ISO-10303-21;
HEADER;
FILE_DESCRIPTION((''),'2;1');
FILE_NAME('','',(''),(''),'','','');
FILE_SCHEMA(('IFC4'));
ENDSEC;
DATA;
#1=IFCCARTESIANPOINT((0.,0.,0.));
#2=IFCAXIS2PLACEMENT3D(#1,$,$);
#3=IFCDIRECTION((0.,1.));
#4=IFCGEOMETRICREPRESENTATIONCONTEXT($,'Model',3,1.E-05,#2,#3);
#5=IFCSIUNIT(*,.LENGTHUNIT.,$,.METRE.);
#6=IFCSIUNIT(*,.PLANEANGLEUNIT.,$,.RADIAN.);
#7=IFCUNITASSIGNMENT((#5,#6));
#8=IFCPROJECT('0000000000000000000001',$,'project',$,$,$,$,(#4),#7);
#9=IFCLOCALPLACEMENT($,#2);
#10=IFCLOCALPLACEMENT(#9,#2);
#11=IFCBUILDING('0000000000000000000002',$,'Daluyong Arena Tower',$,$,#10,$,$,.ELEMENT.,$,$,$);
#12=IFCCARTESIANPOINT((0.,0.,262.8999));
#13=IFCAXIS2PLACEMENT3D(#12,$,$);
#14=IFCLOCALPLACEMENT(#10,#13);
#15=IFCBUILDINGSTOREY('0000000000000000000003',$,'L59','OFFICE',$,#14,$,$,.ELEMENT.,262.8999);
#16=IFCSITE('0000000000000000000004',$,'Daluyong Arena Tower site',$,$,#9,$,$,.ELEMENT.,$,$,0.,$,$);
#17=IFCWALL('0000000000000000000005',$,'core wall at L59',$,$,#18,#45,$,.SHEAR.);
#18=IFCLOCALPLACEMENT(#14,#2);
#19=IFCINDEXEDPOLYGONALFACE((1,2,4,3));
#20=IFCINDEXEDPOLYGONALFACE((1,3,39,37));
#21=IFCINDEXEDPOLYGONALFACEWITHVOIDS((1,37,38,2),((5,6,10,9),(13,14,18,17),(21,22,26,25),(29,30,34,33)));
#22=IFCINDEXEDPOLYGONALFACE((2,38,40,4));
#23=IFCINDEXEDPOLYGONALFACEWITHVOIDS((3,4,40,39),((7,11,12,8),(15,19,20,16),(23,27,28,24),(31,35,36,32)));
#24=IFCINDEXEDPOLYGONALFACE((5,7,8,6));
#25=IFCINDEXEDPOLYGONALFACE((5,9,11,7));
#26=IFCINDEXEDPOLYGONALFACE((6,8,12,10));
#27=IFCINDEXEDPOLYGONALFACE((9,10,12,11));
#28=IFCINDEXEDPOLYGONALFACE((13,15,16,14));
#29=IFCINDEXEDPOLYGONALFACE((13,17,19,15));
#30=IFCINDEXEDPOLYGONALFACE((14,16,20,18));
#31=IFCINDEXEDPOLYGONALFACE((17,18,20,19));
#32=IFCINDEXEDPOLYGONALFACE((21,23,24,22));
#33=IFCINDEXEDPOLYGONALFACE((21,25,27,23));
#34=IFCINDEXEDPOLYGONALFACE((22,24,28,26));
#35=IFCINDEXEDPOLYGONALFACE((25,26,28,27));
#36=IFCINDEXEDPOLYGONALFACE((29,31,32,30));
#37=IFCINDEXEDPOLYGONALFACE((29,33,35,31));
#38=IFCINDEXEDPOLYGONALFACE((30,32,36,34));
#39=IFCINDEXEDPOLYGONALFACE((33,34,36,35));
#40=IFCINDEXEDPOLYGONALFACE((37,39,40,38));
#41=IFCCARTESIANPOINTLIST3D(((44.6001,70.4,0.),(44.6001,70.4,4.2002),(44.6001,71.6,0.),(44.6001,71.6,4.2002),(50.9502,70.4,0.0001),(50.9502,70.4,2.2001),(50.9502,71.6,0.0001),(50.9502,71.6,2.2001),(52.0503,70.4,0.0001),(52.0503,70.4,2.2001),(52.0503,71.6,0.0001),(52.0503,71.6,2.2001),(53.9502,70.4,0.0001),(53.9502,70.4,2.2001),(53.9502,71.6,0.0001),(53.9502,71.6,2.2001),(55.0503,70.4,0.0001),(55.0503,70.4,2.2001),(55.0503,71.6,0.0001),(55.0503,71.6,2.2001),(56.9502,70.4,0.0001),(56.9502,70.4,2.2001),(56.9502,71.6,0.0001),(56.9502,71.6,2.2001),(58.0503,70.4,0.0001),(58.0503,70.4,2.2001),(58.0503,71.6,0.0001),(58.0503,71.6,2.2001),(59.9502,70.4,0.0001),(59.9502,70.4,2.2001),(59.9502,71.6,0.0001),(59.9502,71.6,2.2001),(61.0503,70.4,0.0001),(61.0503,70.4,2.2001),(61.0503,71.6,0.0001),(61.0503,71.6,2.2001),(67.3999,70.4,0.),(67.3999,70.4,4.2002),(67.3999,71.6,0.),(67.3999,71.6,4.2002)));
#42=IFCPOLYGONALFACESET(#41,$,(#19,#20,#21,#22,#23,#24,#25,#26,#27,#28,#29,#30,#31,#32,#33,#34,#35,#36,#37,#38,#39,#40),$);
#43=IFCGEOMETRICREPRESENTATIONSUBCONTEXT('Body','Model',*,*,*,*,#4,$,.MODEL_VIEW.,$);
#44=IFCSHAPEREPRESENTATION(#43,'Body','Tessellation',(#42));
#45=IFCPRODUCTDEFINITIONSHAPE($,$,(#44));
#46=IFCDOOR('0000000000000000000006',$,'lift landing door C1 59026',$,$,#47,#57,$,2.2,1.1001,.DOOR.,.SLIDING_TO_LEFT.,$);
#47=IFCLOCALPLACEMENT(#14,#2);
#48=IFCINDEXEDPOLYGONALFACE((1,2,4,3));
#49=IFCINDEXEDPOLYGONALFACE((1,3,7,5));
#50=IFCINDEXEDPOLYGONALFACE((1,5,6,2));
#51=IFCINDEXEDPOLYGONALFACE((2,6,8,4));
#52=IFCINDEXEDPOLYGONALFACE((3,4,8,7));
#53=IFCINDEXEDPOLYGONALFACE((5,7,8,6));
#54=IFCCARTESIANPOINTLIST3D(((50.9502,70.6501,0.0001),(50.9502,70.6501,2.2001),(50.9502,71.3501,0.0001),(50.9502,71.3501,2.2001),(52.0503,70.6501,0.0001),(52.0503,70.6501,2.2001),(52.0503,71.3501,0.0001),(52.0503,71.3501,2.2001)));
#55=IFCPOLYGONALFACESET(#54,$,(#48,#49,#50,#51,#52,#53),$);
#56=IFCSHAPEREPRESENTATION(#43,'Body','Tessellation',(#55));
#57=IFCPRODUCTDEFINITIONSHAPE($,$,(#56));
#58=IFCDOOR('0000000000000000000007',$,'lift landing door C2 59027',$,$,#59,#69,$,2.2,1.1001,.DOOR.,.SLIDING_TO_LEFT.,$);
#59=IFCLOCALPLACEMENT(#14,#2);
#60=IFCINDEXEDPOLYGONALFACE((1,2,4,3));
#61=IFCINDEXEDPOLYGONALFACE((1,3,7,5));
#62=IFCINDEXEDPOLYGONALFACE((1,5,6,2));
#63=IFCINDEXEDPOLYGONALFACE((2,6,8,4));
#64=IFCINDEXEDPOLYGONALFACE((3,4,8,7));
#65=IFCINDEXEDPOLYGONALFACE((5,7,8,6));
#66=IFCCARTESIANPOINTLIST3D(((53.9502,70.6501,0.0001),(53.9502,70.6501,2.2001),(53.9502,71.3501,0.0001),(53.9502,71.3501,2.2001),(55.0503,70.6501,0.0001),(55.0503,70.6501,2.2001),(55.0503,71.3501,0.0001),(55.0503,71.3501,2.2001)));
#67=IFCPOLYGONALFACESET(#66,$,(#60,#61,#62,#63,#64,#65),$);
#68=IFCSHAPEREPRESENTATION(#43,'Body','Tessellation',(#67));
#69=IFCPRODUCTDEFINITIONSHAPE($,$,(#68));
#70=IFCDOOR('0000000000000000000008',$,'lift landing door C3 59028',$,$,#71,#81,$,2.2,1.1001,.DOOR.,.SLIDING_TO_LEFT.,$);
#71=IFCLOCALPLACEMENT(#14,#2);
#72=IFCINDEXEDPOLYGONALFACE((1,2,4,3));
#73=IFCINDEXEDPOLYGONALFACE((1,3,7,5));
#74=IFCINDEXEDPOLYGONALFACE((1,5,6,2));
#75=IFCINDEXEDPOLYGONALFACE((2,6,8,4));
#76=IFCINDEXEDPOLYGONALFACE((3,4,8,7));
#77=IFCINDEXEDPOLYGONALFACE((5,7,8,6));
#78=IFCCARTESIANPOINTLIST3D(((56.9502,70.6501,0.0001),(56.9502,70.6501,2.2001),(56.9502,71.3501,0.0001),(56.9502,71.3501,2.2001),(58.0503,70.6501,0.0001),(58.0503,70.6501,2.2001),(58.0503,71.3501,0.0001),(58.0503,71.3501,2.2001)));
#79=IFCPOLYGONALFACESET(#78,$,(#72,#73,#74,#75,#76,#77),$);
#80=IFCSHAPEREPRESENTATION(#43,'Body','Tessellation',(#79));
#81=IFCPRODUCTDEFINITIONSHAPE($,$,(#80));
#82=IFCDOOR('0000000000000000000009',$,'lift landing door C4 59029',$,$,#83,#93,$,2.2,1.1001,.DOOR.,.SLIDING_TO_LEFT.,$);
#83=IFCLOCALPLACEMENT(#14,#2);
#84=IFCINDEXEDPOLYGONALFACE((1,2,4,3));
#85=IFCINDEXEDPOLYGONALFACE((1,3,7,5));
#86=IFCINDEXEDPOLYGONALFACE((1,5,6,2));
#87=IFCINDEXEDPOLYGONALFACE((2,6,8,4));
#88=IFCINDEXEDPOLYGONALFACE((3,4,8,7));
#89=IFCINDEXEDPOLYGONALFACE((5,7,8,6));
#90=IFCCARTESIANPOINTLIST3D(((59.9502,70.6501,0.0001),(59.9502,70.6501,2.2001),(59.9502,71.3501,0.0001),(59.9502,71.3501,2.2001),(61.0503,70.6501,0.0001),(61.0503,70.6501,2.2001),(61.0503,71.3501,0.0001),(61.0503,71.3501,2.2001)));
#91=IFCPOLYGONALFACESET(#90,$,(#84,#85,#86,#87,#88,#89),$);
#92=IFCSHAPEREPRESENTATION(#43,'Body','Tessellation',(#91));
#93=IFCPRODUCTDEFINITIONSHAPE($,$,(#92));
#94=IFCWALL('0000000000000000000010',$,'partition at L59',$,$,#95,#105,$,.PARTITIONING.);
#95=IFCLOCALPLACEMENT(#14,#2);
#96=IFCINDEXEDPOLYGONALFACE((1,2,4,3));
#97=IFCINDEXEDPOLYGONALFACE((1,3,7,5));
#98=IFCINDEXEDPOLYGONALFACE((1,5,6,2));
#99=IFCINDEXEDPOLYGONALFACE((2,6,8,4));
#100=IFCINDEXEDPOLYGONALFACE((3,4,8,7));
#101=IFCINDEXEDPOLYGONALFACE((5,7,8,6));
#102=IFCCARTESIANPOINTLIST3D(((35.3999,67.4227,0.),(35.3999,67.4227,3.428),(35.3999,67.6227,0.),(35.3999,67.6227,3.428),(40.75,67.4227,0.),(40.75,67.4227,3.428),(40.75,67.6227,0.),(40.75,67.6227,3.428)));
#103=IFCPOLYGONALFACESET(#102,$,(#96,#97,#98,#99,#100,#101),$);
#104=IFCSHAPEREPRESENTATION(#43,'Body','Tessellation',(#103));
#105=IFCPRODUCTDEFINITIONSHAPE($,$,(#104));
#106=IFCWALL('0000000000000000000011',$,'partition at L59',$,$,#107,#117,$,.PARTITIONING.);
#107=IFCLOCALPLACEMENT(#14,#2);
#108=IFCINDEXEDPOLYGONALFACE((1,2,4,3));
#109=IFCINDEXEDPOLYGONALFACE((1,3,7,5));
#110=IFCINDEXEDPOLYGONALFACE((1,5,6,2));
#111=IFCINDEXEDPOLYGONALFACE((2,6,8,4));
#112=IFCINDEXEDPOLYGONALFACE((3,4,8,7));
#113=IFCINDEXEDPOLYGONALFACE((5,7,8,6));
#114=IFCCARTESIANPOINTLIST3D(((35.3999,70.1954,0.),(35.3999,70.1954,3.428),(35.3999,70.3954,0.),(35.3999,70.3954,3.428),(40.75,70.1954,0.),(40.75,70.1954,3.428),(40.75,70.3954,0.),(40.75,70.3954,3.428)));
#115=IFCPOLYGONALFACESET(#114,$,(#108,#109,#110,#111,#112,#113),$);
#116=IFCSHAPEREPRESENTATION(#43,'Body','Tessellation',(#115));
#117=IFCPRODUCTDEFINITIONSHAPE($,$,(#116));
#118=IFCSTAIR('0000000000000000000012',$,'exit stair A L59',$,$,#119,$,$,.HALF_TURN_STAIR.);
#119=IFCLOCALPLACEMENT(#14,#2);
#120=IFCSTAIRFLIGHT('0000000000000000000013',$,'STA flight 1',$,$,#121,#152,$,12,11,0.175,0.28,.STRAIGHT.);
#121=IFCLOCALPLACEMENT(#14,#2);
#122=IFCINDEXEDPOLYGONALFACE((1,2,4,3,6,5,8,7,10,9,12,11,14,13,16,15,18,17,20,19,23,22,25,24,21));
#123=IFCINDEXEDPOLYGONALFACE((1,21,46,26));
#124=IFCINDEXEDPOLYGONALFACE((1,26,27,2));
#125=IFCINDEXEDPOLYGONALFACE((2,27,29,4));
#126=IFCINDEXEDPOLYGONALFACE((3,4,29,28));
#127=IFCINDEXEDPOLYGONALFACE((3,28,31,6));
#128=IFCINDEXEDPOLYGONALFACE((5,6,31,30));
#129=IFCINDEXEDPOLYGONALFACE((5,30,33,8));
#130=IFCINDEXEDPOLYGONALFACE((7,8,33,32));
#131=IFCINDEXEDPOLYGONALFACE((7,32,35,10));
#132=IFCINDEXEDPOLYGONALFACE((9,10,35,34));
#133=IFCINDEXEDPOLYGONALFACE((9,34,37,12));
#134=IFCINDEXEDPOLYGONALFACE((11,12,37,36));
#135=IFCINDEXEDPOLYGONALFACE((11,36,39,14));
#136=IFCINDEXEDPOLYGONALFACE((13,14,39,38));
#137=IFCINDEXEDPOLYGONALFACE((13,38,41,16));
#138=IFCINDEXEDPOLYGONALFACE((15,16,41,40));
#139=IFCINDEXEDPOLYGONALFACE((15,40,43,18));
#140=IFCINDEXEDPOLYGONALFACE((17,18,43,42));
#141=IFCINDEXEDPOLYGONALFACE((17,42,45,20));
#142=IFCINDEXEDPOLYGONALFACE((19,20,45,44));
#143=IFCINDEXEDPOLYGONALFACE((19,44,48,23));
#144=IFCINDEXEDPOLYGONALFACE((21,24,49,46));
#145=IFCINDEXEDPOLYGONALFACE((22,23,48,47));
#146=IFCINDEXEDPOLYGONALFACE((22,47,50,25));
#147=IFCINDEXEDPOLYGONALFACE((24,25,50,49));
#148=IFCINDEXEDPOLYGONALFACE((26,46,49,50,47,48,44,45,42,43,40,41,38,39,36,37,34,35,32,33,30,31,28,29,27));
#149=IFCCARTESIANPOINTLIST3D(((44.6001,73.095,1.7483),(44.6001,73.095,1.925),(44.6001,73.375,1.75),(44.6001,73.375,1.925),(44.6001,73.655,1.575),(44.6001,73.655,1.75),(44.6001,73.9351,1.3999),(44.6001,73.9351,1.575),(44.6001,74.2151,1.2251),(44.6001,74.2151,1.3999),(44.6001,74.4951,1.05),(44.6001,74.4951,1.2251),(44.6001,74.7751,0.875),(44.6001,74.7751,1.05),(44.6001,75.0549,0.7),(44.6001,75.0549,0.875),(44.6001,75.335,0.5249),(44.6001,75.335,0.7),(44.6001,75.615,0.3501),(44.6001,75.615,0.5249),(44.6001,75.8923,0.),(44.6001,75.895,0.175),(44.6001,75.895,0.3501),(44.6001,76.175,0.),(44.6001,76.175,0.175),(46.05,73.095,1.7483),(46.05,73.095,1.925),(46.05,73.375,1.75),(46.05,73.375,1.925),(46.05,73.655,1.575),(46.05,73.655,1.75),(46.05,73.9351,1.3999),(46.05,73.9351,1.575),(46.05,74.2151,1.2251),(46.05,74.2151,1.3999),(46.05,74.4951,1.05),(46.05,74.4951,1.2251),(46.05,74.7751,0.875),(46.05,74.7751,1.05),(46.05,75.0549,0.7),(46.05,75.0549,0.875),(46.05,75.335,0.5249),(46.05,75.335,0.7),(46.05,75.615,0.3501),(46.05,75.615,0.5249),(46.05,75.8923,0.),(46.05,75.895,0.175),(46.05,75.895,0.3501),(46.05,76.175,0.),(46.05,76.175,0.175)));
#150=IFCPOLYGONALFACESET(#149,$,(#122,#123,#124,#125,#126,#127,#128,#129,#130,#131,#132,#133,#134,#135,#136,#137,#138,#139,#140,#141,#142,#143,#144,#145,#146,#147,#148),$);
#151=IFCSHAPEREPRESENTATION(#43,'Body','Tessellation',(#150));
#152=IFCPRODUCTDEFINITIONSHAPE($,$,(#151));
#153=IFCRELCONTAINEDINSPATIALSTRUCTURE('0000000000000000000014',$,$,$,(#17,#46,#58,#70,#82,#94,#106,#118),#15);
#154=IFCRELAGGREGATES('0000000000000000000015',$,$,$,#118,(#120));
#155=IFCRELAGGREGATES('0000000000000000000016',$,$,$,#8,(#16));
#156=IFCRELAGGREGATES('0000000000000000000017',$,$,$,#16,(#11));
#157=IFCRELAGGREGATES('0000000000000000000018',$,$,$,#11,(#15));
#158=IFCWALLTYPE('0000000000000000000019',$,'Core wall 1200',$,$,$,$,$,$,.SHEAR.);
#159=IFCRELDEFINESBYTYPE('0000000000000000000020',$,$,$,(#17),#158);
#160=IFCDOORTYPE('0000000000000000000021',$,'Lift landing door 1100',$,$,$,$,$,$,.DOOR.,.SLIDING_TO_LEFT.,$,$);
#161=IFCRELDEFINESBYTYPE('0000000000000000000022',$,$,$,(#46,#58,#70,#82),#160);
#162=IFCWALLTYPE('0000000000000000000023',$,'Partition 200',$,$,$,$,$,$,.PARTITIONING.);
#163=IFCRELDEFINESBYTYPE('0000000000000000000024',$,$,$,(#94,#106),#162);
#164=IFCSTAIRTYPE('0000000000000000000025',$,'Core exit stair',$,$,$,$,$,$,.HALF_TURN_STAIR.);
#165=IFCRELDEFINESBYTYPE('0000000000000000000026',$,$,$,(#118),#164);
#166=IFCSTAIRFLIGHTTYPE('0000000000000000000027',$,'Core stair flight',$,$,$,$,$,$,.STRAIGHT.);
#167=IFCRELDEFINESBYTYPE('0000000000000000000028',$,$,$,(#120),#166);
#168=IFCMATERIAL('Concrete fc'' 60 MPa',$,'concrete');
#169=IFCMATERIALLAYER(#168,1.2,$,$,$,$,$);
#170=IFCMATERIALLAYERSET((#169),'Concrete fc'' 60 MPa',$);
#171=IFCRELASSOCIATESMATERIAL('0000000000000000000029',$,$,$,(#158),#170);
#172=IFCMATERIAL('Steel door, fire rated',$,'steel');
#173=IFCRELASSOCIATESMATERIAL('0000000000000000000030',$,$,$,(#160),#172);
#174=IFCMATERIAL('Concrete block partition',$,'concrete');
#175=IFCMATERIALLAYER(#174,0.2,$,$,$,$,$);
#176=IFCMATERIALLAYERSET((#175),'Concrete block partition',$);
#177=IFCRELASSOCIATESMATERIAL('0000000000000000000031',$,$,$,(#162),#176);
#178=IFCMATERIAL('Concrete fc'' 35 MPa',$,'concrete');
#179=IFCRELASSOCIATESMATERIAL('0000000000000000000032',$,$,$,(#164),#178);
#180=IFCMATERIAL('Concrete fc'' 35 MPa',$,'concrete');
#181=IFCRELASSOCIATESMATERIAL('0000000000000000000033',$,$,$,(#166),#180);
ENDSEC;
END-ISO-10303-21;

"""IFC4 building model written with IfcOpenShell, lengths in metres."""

from ifc_helpers import new_model, si_unit, direction, frame, frame_2d, origin, place, context, subcontext, project, spatial, polyline, rectangle, outline, extrude, material, layer, layer_set, type_object, element, fill, aggregate, save


model = new_model("IFC4")

# Units and contexts
model_context = context("Model", 3, precision=1e-05, world=origin(), true_north=direction((0.0, 1.0)))
body_context = subcontext(model_context, "Body", "Model", "MODEL_VIEW")
ifc_project = project(units=[si_unit("LENGTHUNIT", "METRE"), si_unit("PLANEANGLEUNIT", "RADIAN")], contexts=[model_context])

# Site, building, storey
site_placement = place(None, origin())
site = spatial("IfcSite", under=ifc_project, at=site_placement, Name="Daluyong Arena Tower site", CompositionType="ELEMENT", RefElevation=0.0)
building_placement = place(site_placement, origin())
building = spatial("IfcBuilding", under=site, at=building_placement, Name="Daluyong Arena Tower", CompositionType="ELEMENT")
storey_placement = place(building_placement, frame((0.0, 0.0, 262.8999)))
storey = spatial("IfcBuildingStorey", under=building, at=storey_placement, Name="L59", Description="OFFICE", CompositionType="ELEMENT", Elevation=262.8999)

# Shared definitions
ifc_material_1 = material(Name="Concrete fc' 60 MPa", Category="concrete")
ifc_layer_1 = layer(ifc_material_1, 1.2)
ifc_layer_set_1 = layer_set([ifc_layer_1], Name="Concrete fc' 60 MPa")
wall_type_1 = type_object("IfcWallType", Name="Core wall 1200", PredefinedType="SHEAR", material=ifc_layer_set_1)

# Wall, openings, doors
wall_1_placement = place(storey_placement, frame((44.6001, 71.0, 0.0), z_axis=(0.0, 0.0, 1.0), x_axis=(1.0, 0.0, 0.0)))
wall_1 = element("IfcWall", 1, at=wall_1_placement, inside=storey, type_object=wall_type_1, Name="core wall at L59", PredefinedType="SHEAR", context=body_context, shape_type="SweptSolid", body=[
    extrude(rectangle(XDim=22.7998, YDim=1.2, at=frame_2d((11.3999, 0.0))), origin(), (0.0, 0.0, 1.0), 4.2002),
])
opening_1_placement = place(wall_1_placement, frame((6.3501, 0.0, 0.0)))
opening_1 = element("IfcOpeningElement", 2, at=opening_1_placement, cuts=wall_1, PredefinedType="OPENING", context=body_context, shape_type="SweptSolid", body=[
    extrude(rectangle(XDim=1.1001, YDim=2.2, at=frame_2d((0.55, 1.1001))), frame((0.0, 0.6099, 0.0), z_axis=(0.0, -1.0, 0.0), x_axis=(1.0, 0.0, 0.0)), (0.0, 0.0, 1.0), 1.22),
])
opening_2_placement = place(wall_1_placement, frame((9.3501, 0.0, 0.0)))
opening_2 = element("IfcOpeningElement", 3, at=opening_2_placement, cuts=wall_1, PredefinedType="OPENING", context=body_context, shape_type="SweptSolid", body=[
    extrude(rectangle(XDim=1.1001, YDim=2.2, at=frame_2d((0.55, 1.1001))), frame((0.0, 0.6099, 0.0), z_axis=(0.0, -1.0, 0.0), x_axis=(1.0, 0.0, 0.0)), (0.0, 0.0, 1.0), 1.22),
])
opening_3_placement = place(wall_1_placement, frame((12.3501, 0.0, 0.0)))
opening_3 = element("IfcOpeningElement", 4, at=opening_3_placement, cuts=wall_1, PredefinedType="OPENING", context=body_context, shape_type="SweptSolid", body=[
    extrude(rectangle(XDim=1.1001, YDim=2.2, at=frame_2d((0.55, 1.1001))), frame((0.0, 0.6099, 0.0), z_axis=(0.0, -1.0, 0.0), x_axis=(1.0, 0.0, 0.0)), (0.0, 0.0, 1.0), 1.22),
])
opening_4_placement = place(wall_1_placement, frame((15.3501, 0.0, 0.0)))
opening_4 = element("IfcOpeningElement", 5, at=opening_4_placement, cuts=wall_1, PredefinedType="OPENING", context=body_context, shape_type="SweptSolid", body=[
    extrude(rectangle(XDim=1.1001, YDim=2.2, at=frame_2d((0.55, 1.1001))), frame((0.0, 0.6099, 0.0), z_axis=(0.0, -1.0, 0.0), x_axis=(1.0, 0.0, 0.0)), (0.0, 0.0, 1.0), 1.22),
])
ifc_material_2 = material(Name="Steel door, fire rated", Category="steel")
door_type_1 = type_object("IfcDoorType", Name="Lift landing door 1100", OperationType="SLIDING_TO_LEFT", PredefinedType="DOOR", material=ifc_material_2)
door_1_placement = place(opening_1_placement, origin())
door_1 = element("IfcDoor", 6, at=door_1_placement, inside=storey, type_object=door_type_1, Name="lift landing door C1 59026", OperationType="SLIDING_TO_LEFT", OverallHeight=2.2, OverallWidth=1.1001, PredefinedType="DOOR", context=body_context, shape_type="SweptSolid", body=[
    extrude(rectangle(XDim=1.1001, YDim=2.2, at=frame_2d((0.55, 1.1001))), frame((0.0, 0.3501, 0.0), z_axis=(0.0, -1.0, 0.0), x_axis=(1.0, 0.0, 0.0)), (0.0, 0.0, 1.0), 0.7),
])
fill(opening_1, door_1)
door_2_placement = place(opening_2_placement, origin())
door_2 = element("IfcDoor", 7, at=door_2_placement, inside=storey, type_object=door_type_1, Name="lift landing door C2 59027", OperationType="SLIDING_TO_LEFT", OverallHeight=2.2, OverallWidth=1.1001, PredefinedType="DOOR", context=body_context, shape_type="SweptSolid", body=[
    extrude(rectangle(XDim=1.1001, YDim=2.2, at=frame_2d((0.55, 1.1001))), frame((0.0, 0.3501, 0.0), z_axis=(0.0, -1.0, 0.0), x_axis=(1.0, 0.0, 0.0)), (0.0, 0.0, 1.0), 0.7),
])
fill(opening_2, door_2)
door_3_placement = place(opening_3_placement, origin())
door_3 = element("IfcDoor", 8, at=door_3_placement, inside=storey, type_object=door_type_1, Name="lift landing door C3 59028", OperationType="SLIDING_TO_LEFT", OverallHeight=2.2, OverallWidth=1.1001, PredefinedType="DOOR", context=body_context, shape_type="SweptSolid", body=[
    extrude(rectangle(XDim=1.1001, YDim=2.2, at=frame_2d((0.55, 1.1001))), frame((0.0, 0.3501, 0.0), z_axis=(0.0, -1.0, 0.0), x_axis=(1.0, 0.0, 0.0)), (0.0, 0.0, 1.0), 0.7),
])
fill(opening_3, door_3)
door_4_placement = place(opening_4_placement, origin())
door_4 = element("IfcDoor", 9, at=door_4_placement, inside=storey, type_object=door_type_1, Name="lift landing door C4 59029", OperationType="SLIDING_TO_LEFT", OverallHeight=2.2, OverallWidth=1.1001, PredefinedType="DOOR", context=body_context, shape_type="SweptSolid", body=[
    extrude(rectangle(XDim=1.1001, YDim=2.2, at=frame_2d((0.55, 1.1001))), frame((0.0, 0.3501, 0.0), z_axis=(0.0, -1.0, 0.0), x_axis=(1.0, 0.0, 0.0)), (0.0, 0.0, 1.0), 0.7),
])
fill(opening_4, door_4)

# Walls
ifc_material_3 = material(Name="Concrete block partition", Category="concrete")
ifc_layer_2 = layer(ifc_material_3, 0.2)
ifc_layer_set_2 = layer_set([ifc_layer_2], Name="Concrete block partition")
wall_type_2 = type_object("IfcWallType", Name="Partition 200", PredefinedType="PARTITIONING", material=ifc_layer_set_2)
for number, where, z_axis, x_axis, name in (
    (10, (35.3999, 67.5227, 0.0), (0.0, 0.0, 1.0), (1.0, 0.0, 0.0), "partition at L59"),
    (11, (35.3999, 70.2954, 0.0), (0.0, 0.0, 1.0), (1.0, 0.0, 0.0), "partition at L59"),
):
    element("IfcWall", number, at=place(storey_placement, frame(where, z_axis=z_axis, x_axis=x_axis)), inside=storey, type_object=wall_type_2, Name=name, PredefinedType="PARTITIONING", context=body_context, shape_type="SweptSolid", body=[
        extrude(rectangle(XDim=5.3501, YDim=0.2, at=frame_2d((2.675, 0.0))), origin(), (0.0, 0.0, 1.0), 3.428),
    ])

# Stair, stair flight
ifc_material_4 = material(Name="Concrete fc' 35 MPa", Category="concrete")
stair_type = type_object("IfcStairType", Name="Core exit stair", PredefinedType="HALF_TURN_STAIR", material=ifc_material_4)
stair_placement = place(storey_placement, origin())
stair = element("IfcStair", 12, at=stair_placement, inside=storey, type_object=stair_type, Name="exit stair A L59", PredefinedType="HALF_TURN_STAIR")
ifc_material_5 = material(Name="Concrete fc' 35 MPa", Category="concrete")
stair_flight_type = type_object("IfcStairFlightType", Name="Core stair flight", PredefinedType="STRAIGHT", material=ifc_material_5)
stair_flight_1_placement = place(storey_placement, frame((45.325, 76.175, 0.0), z_axis=(0.0, 0.0, 1.0), x_axis=(0.0, -1.0, 0.0)))
stair_flight_1 = element("IfcStairFlight", 13, at=stair_flight_1_placement, type_object=stair_flight_type, Name="STA flight 1", NumberOfRisers=12, NumberOfTreads=11, PredefinedType="STRAIGHT", RiserHeight=0.175, TreadLength=0.28, context=body_context, shape_type="SweptSolid", body=[
    extrude(outline(polyline([(0.0, 0.0), (0.0, 0.175), (0.28, 0.175), (0.28, 0.3501), (0.5601, 0.3501), (0.5601, 0.5249), (0.8401, 0.5249), (0.8401, 0.7), (1.1201, 0.7), (1.1201, 0.875), (1.3999, 0.875), (1.3999, 1.05), (1.6799, 1.05), (1.6799, 1.2251), (1.96, 1.2251), (1.96, 1.3999), (2.24, 1.3999), (2.24, 1.575), (2.52, 1.575), (2.52, 1.75), (2.8, 1.75), (2.8, 1.925), (3.0801, 1.925), (3.0801, 2.1001), (3.0801, 1.7483), (0.2827, 0.0), (0.0, 0.0)])), frame((0.0, 0.7251, 0.0), z_axis=(0.0, -1.0, 0.0), x_axis=(1.0, 0.0, 0.0)), (0.0, 0.0, 1.0), 1.45),
])
aggregate(stair, [stair_flight_1])

save(model, "model.ifc")
